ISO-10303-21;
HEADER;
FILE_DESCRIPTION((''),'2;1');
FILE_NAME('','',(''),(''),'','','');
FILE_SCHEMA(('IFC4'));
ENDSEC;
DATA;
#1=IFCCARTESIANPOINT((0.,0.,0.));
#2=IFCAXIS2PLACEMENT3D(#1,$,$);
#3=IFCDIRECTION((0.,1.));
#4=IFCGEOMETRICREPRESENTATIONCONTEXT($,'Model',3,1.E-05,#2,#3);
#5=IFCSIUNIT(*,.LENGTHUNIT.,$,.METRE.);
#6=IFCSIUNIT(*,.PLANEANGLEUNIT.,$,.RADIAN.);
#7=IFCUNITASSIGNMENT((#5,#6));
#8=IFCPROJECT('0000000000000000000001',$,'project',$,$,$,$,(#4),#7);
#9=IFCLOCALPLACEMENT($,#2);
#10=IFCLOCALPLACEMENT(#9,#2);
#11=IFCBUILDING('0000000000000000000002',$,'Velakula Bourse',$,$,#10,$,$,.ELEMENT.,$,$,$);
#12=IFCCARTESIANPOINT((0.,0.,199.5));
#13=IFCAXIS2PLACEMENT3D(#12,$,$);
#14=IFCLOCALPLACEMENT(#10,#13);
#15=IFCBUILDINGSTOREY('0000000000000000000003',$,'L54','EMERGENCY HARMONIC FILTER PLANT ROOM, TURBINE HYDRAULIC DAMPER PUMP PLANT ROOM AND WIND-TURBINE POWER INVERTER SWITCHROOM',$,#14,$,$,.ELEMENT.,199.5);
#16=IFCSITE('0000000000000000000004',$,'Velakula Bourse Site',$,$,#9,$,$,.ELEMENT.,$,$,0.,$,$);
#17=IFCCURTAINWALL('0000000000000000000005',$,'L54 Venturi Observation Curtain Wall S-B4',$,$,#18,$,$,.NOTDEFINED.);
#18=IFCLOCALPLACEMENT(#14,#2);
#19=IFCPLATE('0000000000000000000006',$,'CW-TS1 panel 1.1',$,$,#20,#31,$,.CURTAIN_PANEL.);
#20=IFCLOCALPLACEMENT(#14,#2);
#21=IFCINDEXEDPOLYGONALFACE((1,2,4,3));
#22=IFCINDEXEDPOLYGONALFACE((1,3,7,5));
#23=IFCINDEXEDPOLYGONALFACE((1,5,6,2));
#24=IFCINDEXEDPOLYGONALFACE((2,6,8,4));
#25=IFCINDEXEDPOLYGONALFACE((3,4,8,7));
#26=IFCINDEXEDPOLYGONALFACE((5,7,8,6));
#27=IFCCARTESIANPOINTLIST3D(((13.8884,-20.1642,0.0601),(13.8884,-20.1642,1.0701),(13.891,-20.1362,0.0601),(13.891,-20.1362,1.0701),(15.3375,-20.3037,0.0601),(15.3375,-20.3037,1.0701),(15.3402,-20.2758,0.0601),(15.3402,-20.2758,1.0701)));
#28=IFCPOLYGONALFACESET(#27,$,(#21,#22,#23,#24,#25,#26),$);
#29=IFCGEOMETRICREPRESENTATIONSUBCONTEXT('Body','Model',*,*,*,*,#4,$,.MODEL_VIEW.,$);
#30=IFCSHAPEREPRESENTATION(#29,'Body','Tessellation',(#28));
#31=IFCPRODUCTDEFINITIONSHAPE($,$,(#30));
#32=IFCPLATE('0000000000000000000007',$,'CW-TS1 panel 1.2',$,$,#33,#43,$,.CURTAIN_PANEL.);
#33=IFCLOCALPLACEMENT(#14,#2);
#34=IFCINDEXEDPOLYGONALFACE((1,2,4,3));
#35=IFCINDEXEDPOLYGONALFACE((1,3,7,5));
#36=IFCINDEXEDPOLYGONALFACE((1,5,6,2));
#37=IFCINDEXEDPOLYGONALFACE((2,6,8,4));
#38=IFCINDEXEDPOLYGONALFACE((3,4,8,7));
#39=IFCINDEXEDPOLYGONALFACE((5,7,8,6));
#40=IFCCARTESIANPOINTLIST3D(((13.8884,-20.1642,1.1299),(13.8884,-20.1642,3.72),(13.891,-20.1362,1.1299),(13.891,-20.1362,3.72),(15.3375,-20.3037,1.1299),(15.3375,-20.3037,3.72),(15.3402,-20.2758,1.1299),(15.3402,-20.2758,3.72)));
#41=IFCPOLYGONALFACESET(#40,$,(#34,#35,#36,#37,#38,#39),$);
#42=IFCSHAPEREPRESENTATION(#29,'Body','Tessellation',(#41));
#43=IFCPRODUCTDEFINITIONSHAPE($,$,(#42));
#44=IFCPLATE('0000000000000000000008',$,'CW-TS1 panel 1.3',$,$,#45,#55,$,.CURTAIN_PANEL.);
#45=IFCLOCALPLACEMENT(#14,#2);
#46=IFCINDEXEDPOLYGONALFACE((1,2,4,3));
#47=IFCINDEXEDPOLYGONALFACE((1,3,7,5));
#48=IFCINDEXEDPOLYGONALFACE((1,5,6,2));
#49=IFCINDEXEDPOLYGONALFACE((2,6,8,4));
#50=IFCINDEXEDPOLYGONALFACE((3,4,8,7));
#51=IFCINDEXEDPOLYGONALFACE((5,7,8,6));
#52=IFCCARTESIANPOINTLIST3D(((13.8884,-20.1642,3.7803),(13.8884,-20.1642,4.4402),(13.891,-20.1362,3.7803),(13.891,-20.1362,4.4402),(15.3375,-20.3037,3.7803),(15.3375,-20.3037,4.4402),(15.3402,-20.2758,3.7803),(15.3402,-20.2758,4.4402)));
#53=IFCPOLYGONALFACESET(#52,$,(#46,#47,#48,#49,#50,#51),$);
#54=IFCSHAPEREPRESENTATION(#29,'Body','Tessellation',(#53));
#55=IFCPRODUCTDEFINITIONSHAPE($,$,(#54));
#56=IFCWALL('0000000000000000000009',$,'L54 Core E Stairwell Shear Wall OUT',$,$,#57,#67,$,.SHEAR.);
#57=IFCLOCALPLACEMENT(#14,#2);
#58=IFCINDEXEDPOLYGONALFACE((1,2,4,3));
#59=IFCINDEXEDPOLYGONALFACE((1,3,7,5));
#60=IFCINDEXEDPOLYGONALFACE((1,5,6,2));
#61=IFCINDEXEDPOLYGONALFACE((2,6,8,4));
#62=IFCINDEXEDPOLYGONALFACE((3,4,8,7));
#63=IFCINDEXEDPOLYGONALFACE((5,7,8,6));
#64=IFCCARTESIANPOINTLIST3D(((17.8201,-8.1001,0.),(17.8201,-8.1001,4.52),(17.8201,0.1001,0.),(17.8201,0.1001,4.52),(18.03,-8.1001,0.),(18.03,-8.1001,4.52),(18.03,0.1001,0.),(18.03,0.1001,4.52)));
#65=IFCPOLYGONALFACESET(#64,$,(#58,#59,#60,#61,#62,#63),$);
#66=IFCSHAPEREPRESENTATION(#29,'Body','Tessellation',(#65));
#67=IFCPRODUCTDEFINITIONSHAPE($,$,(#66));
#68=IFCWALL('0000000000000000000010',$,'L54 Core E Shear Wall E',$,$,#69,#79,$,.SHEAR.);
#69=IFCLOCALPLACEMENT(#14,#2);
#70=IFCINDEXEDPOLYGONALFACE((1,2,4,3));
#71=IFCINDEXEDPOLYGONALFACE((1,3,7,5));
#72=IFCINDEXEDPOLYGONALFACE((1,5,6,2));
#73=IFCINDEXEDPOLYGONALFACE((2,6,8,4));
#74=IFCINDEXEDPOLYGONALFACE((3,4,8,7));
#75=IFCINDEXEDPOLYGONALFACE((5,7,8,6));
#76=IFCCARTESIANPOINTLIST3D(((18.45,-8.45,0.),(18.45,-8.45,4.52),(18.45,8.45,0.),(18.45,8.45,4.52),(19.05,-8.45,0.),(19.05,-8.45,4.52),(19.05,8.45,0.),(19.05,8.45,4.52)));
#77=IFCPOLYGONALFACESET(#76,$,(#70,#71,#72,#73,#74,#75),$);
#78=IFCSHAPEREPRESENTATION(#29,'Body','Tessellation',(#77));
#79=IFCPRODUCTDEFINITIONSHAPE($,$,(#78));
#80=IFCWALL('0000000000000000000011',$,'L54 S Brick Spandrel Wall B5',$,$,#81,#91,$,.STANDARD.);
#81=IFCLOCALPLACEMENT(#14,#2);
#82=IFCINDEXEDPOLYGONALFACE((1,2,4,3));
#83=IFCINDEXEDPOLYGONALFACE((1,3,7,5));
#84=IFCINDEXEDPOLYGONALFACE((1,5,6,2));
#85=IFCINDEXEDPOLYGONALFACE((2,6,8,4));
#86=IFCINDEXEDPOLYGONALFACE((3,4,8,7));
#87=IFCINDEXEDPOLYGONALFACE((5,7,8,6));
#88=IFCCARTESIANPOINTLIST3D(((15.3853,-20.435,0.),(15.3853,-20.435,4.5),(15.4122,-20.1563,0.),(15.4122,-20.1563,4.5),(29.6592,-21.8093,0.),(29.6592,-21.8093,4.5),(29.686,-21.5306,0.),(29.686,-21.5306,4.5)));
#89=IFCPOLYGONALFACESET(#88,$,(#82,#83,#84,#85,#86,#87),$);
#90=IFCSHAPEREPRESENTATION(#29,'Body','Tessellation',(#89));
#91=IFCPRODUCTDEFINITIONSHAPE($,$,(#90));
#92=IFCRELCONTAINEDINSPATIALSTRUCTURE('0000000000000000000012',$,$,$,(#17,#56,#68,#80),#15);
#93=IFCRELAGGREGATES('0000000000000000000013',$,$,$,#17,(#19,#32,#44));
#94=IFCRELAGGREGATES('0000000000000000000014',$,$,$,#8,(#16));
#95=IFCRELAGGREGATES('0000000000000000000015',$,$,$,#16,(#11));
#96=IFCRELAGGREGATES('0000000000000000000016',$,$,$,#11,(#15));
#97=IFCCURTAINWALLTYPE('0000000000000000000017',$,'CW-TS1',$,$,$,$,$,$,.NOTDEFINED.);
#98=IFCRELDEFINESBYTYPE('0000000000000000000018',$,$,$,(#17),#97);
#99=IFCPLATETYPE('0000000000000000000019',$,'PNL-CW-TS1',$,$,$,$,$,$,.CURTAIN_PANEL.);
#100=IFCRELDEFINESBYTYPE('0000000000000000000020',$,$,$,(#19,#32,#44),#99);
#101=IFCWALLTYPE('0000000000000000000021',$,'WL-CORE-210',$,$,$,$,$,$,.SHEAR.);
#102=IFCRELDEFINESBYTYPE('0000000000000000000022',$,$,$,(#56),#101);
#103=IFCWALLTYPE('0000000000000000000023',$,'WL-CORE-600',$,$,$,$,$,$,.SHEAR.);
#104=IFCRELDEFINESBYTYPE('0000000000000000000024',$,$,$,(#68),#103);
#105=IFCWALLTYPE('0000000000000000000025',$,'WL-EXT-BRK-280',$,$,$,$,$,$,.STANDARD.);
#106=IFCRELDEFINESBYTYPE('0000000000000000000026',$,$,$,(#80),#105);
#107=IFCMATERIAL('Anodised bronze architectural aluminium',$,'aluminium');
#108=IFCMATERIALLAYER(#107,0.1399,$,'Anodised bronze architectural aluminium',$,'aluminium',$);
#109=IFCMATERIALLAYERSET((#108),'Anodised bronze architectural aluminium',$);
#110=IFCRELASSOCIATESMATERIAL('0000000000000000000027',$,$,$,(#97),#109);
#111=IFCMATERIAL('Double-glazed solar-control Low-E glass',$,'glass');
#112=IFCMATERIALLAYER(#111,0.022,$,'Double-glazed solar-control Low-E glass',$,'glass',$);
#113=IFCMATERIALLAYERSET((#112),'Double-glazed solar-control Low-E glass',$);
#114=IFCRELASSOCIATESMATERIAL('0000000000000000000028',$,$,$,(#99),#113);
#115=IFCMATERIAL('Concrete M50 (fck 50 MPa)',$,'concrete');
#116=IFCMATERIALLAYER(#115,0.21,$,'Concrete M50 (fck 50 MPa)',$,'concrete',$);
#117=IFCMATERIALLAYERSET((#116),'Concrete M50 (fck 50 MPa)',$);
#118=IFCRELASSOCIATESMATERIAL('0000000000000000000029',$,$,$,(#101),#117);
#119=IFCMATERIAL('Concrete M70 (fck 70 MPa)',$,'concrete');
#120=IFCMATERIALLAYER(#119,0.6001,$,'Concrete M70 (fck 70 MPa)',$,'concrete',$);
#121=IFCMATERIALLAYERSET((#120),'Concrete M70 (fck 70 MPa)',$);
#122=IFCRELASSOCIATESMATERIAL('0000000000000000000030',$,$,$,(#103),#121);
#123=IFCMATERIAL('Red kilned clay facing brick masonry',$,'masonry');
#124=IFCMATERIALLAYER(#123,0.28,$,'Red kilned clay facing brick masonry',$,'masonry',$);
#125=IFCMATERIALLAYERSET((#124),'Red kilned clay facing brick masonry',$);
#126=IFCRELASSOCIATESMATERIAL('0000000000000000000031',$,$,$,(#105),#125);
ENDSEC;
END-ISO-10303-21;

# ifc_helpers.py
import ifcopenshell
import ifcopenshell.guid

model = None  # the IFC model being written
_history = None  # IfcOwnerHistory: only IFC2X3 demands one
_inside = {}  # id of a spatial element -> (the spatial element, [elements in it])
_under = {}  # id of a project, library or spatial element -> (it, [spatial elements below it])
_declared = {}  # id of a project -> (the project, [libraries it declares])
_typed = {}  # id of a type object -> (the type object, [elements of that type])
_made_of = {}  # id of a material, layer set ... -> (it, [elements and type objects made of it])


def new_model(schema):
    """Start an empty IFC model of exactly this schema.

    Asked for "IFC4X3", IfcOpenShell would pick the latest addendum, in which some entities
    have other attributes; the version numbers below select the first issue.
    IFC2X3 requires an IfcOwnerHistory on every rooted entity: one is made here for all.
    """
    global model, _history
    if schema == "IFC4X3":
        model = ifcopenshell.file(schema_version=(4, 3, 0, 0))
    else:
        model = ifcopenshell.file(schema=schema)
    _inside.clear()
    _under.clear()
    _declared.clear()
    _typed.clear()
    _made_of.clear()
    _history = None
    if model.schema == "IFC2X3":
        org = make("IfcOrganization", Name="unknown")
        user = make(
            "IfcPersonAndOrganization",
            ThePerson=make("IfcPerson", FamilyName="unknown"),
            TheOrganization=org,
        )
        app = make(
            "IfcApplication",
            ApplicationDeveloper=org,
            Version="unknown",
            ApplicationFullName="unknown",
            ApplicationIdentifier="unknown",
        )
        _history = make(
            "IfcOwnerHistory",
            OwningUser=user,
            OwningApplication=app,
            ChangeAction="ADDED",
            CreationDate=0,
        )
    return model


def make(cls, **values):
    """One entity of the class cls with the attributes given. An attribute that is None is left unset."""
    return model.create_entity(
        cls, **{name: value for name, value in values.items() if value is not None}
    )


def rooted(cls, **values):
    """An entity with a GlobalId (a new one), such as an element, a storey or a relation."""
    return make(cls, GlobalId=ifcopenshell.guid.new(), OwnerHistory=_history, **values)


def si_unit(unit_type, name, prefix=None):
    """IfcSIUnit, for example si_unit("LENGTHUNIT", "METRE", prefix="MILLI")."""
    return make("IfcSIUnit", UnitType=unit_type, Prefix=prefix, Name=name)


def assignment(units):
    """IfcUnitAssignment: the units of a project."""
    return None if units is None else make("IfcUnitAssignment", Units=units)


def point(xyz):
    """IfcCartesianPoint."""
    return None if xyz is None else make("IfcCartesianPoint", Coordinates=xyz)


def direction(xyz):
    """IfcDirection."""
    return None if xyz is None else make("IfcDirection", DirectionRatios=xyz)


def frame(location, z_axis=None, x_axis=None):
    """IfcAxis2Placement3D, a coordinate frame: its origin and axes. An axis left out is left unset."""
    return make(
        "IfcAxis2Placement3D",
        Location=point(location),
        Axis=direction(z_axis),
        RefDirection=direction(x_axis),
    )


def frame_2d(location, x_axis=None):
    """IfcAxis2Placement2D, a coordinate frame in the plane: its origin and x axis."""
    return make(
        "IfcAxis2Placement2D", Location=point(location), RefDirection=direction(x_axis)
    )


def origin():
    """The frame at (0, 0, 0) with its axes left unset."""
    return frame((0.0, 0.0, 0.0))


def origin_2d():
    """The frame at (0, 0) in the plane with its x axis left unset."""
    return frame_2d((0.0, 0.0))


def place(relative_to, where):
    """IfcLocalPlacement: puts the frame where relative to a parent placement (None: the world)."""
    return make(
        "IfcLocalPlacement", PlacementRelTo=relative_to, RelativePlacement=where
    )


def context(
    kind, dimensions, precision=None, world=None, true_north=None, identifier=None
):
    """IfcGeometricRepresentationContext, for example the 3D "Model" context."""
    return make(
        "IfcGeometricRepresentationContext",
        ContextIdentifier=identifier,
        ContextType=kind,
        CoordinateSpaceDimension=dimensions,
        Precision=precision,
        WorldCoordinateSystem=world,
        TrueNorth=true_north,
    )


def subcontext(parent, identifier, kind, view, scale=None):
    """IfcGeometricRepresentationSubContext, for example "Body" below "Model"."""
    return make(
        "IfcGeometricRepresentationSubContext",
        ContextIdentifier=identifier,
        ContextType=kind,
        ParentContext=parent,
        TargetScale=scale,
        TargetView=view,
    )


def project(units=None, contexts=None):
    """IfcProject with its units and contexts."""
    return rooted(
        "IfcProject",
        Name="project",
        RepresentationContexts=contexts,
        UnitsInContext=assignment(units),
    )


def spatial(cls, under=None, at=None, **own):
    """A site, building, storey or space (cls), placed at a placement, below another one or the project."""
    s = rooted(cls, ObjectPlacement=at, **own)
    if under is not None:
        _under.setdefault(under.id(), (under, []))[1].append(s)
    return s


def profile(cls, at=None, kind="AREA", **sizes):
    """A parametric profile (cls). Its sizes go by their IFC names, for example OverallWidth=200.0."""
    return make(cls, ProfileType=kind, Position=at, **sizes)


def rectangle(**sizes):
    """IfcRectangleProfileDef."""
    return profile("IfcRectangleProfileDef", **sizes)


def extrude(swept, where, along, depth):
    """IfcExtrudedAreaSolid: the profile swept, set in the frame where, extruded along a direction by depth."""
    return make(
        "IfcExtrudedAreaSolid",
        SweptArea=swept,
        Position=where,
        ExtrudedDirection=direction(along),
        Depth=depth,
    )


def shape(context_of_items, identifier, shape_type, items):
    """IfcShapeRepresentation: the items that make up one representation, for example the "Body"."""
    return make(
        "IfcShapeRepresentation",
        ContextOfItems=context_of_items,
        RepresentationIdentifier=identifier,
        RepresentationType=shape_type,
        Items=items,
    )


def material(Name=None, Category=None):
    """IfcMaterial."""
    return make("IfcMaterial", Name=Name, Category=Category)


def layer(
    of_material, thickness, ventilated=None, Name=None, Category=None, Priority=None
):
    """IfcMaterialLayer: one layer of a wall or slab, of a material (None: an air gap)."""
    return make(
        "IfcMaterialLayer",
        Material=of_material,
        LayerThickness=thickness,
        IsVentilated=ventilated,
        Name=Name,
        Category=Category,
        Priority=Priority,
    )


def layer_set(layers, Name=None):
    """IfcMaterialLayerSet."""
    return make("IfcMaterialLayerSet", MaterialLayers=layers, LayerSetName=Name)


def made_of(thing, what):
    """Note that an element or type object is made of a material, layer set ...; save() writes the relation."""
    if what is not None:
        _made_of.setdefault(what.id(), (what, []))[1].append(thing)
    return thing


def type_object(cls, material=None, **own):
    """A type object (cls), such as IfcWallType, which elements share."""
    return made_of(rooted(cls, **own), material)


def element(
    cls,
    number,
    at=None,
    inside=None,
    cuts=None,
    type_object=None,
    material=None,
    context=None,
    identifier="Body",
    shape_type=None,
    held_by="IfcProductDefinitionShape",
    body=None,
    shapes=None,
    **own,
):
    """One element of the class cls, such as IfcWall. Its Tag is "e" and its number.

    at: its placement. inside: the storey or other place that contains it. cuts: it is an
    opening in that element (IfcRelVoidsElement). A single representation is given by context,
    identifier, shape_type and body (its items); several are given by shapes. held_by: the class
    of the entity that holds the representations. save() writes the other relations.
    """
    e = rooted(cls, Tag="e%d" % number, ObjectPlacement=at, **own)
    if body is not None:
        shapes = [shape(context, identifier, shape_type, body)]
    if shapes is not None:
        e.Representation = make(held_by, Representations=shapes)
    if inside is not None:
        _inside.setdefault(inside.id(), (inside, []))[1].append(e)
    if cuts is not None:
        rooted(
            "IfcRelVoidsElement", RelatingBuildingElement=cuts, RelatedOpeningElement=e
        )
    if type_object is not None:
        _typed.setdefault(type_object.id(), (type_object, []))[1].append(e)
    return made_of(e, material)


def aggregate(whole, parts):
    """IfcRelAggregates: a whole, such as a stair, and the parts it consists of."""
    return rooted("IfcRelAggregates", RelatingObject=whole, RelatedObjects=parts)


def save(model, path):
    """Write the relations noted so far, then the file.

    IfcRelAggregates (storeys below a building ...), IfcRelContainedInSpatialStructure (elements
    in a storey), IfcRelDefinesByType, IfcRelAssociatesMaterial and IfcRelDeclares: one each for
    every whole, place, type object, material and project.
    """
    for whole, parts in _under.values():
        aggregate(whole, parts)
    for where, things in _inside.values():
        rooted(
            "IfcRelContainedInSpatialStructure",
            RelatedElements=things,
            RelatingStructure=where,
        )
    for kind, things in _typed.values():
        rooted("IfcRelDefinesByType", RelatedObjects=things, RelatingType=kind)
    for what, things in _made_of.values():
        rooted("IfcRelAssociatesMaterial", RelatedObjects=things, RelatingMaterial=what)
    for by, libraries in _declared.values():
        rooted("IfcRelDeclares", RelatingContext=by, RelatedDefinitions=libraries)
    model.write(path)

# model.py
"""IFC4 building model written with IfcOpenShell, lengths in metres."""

from ifc_helpers import new_model, si_unit, direction, frame, frame_2d, origin, origin_2d, place, context, subcontext, project, spatial, rectangle, extrude, material, layer, layer_set, type_object, element, aggregate, save


model = new_model("IFC4")

# Units and contexts
model_context = context("Model", 3, precision=1e-05, world=origin(), true_north=direction((0.0, 1.0)))
body_context = subcontext(model_context, "Body", "Model", "MODEL_VIEW")
ifc_project = project(units=[si_unit("LENGTHUNIT", "METRE"), si_unit("PLANEANGLEUNIT", "RADIAN")], contexts=[model_context])

# Site, building, storey
site_placement = place(None, origin())
site = spatial("IfcSite", under=ifc_project, at=site_placement, Name="Velakula Bourse Site", CompositionType="ELEMENT", RefElevation=0.0)
building_placement = place(site_placement, origin())
building = spatial("IfcBuilding", under=site, at=building_placement, Name="Velakula Bourse", CompositionType="ELEMENT")
storey_placement = place(building_placement, frame((0.0, 0.0, 199.5)))
storey = spatial("IfcBuildingStorey", under=building, at=storey_placement, Name="L54", Description="EMERGENCY HARMONIC FILTER PLANT ROOM, TURBINE HYDRAULIC DAMPER PUMP PLANT ROOM AND WIND-TURBINE POWER INVERTER SWITCHROOM", CompositionType="ELEMENT", Elevation=199.5)

# Shared definitions
ifc_material_1 = material(Name="Concrete M70 (fck 70 MPa)", Category="concrete")

# Curtain wall
ifc_material_2 = material(Name="Anodised bronze architectural aluminium", Category="aluminium")
ifc_layer_1 = layer(ifc_material_2, 0.1399, Name="Anodised bronze architectural aluminium", Category="aluminium")
ifc_layer_set_1 = layer_set([ifc_layer_1], Name="Anodised bronze architectural aluminium")
curtain_wall_type = type_object("IfcCurtainWallType", Name="CW-TS1", PredefinedType="NOTDEFINED", material=ifc_layer_set_1)
curtain_wall_placement = place(storey_placement, origin())
curtain_wall = element("IfcCurtainWall", 1, at=curtain_wall_placement, inside=storey, type_object=curtain_wall_type, Name="L54 Venturi Observation Curtain Wall S-B4", PredefinedType="NOTDEFINED")

# Shared definitions
ifc_material_3 = material(Name="Concrete M50 (fck 50 MPa)", Category="concrete")

# Plates
ifc_material_4 = material(Name="Double-glazed solar-control Low-E glass", Category="glass")
ifc_layer_2 = layer(ifc_material_4, 0.022, Name="Double-glazed solar-control Low-E glass", Category="glass")
ifc_layer_set_2 = layer_set([ifc_layer_2], Name="Double-glazed solar-control Low-E glass")
plate_type = type_object("IfcPlateType", Name="PNL-CW-TS1", PredefinedType="CURTAIN_PANEL", material=ifc_layer_set_2)
plate_1_placement = place(storey_placement, frame((14.6143, -20.22, 0.0601), z_axis=(0.0, 0.0, 1.0), x_axis=(-0.995396, 0.095849, 0.0)))
plate_1 = element("IfcPlate", 2, at=plate_1_placement, type_object=plate_type, Name="CW-TS1 panel 1.1", PredefinedType="CURTAIN_PANEL", context=body_context, shape_type="SweptSolid", body=[
    extrude(rectangle(XDim=1.4558, YDim=0.0281, at=origin_2d()), origin(), (0.0, 0.0, 1.0), 1.01),
])
plate_2_placement = place(storey_placement, frame((14.6143, -20.22, 1.1299), z_axis=(0.0, 0.0, 1.0), x_axis=(-0.995396, 0.095849, 0.0)))
plate_2 = element("IfcPlate", 3, at=plate_2_placement, type_object=plate_type, Name="CW-TS1 panel 1.2", PredefinedType="CURTAIN_PANEL", context=body_context, shape_type="SweptSolid", body=[
    extrude(rectangle(XDim=1.4558, YDim=0.0281, at=origin_2d()), origin(), (0.0, 0.0, 1.0), 2.5901),
])
plate_3_placement = place(storey_placement, frame((14.6143, -20.22, 3.7803), z_axis=(0.0, 0.0, 1.0), x_axis=(-0.995396, 0.095849, 0.0)))
plate_3 = element("IfcPlate", 4, at=plate_3_placement, type_object=plate_type, Name="CW-TS1 panel 1.3", PredefinedType="CURTAIN_PANEL", context=body_context, shape_type="SweptSolid", body=[
    extrude(rectangle(XDim=1.4558, YDim=0.0281, at=origin_2d()), origin(), (0.0, 0.0, 1.0), 0.6599),
])
aggregate(curtain_wall, [plate_1, plate_2, plate_3])

# Walls
ifc_layer_3 = layer(ifc_material_3, 0.21, Name="Concrete M50 (fck 50 MPa)", Category="concrete")
ifc_layer_set_3 = layer_set([ifc_layer_3], Name="Concrete M50 (fck 50 MPa)")
wall_type_1 = type_object("IfcWallType", Name="WL-CORE-210", PredefinedType="SHEAR", material=ifc_layer_set_3)
wall_1_placement = place(storey_placement, frame((17.925, -8.1001, 0.0), z_axis=(0.0, 0.0, 1.0), x_axis=(0.0, 1.0, 0.0)))
element("IfcWall", 5, at=wall_1_placement, inside=storey, type_object=wall_type_1, Name="L54 Core E Stairwell Shear Wall OUT", PredefinedType="SHEAR", context=body_context, shape_type="SweptSolid", body=[
    extrude(rectangle(XDim=8.2002, YDim=0.21, at=frame_2d((4.1001, 0.0))), origin(), (0.0, 0.0, 1.0), 4.52),
])
ifc_layer_4 = layer(ifc_material_1, 0.6001, Name="Concrete M70 (fck 70 MPa)", Category="concrete")
ifc_layer_set_4 = layer_set([ifc_layer_4], Name="Concrete M70 (fck 70 MPa)")
wall_type_2 = type_object("IfcWallType", Name="WL-CORE-600", PredefinedType="SHEAR", material=ifc_layer_set_4)
wall_2_placement = place(storey_placement, frame((18.75, -8.45, 0.0), z_axis=(0.0, 0.0, 1.0), x_axis=(0.0, 1.0, 0.0)))
element("IfcWall", 6, at=wall_2_placement, inside=storey, type_object=wall_type_2, Name="L54 Core E Shear Wall E", PredefinedType="SHEAR", context=body_context, shape_type="SweptSolid", body=[
    extrude(rectangle(XDim=16.8999, YDim=0.6001, at=frame_2d((8.45, 0.0))), origin(), (0.0, 0.0, 1.0), 4.52),
])
ifc_material_5 = material(Name="Red kilned clay facing brick masonry", Category="masonry")
ifc_layer_5 = layer(ifc_material_5, 0.28, Name="Red kilned clay facing brick masonry", Category="masonry")
ifc_layer_set_5 = layer_set([ifc_layer_5], Name="Red kilned clay facing brick masonry")
wall_type_3 = type_object("IfcWallType", Name="WL-EXT-BRK-280", PredefinedType="STANDARD", material=ifc_layer_set_5)
wall_3_placement = place(storey_placement, frame((29.6726, -21.6699, 0.0), z_axis=(0.0, 0.0, 1.0), x_axis=(-0.995397, 0.095835, 0.0)))
element("IfcWall", 7, at=wall_3_placement, inside=storey, type_object=wall_type_3, Name="L54 S Brick Spandrel Wall B5", PredefinedType="STANDARD", context=body_context, shape_type="SweptSolid", body=[
    extrude(rectangle(XDim=14.3398, YDim=0.28, at=frame_2d((7.1699, 0.0))), origin(), (0.0, 0.0, 1.0), 4.5),
])

save(model, "model.ifc")
